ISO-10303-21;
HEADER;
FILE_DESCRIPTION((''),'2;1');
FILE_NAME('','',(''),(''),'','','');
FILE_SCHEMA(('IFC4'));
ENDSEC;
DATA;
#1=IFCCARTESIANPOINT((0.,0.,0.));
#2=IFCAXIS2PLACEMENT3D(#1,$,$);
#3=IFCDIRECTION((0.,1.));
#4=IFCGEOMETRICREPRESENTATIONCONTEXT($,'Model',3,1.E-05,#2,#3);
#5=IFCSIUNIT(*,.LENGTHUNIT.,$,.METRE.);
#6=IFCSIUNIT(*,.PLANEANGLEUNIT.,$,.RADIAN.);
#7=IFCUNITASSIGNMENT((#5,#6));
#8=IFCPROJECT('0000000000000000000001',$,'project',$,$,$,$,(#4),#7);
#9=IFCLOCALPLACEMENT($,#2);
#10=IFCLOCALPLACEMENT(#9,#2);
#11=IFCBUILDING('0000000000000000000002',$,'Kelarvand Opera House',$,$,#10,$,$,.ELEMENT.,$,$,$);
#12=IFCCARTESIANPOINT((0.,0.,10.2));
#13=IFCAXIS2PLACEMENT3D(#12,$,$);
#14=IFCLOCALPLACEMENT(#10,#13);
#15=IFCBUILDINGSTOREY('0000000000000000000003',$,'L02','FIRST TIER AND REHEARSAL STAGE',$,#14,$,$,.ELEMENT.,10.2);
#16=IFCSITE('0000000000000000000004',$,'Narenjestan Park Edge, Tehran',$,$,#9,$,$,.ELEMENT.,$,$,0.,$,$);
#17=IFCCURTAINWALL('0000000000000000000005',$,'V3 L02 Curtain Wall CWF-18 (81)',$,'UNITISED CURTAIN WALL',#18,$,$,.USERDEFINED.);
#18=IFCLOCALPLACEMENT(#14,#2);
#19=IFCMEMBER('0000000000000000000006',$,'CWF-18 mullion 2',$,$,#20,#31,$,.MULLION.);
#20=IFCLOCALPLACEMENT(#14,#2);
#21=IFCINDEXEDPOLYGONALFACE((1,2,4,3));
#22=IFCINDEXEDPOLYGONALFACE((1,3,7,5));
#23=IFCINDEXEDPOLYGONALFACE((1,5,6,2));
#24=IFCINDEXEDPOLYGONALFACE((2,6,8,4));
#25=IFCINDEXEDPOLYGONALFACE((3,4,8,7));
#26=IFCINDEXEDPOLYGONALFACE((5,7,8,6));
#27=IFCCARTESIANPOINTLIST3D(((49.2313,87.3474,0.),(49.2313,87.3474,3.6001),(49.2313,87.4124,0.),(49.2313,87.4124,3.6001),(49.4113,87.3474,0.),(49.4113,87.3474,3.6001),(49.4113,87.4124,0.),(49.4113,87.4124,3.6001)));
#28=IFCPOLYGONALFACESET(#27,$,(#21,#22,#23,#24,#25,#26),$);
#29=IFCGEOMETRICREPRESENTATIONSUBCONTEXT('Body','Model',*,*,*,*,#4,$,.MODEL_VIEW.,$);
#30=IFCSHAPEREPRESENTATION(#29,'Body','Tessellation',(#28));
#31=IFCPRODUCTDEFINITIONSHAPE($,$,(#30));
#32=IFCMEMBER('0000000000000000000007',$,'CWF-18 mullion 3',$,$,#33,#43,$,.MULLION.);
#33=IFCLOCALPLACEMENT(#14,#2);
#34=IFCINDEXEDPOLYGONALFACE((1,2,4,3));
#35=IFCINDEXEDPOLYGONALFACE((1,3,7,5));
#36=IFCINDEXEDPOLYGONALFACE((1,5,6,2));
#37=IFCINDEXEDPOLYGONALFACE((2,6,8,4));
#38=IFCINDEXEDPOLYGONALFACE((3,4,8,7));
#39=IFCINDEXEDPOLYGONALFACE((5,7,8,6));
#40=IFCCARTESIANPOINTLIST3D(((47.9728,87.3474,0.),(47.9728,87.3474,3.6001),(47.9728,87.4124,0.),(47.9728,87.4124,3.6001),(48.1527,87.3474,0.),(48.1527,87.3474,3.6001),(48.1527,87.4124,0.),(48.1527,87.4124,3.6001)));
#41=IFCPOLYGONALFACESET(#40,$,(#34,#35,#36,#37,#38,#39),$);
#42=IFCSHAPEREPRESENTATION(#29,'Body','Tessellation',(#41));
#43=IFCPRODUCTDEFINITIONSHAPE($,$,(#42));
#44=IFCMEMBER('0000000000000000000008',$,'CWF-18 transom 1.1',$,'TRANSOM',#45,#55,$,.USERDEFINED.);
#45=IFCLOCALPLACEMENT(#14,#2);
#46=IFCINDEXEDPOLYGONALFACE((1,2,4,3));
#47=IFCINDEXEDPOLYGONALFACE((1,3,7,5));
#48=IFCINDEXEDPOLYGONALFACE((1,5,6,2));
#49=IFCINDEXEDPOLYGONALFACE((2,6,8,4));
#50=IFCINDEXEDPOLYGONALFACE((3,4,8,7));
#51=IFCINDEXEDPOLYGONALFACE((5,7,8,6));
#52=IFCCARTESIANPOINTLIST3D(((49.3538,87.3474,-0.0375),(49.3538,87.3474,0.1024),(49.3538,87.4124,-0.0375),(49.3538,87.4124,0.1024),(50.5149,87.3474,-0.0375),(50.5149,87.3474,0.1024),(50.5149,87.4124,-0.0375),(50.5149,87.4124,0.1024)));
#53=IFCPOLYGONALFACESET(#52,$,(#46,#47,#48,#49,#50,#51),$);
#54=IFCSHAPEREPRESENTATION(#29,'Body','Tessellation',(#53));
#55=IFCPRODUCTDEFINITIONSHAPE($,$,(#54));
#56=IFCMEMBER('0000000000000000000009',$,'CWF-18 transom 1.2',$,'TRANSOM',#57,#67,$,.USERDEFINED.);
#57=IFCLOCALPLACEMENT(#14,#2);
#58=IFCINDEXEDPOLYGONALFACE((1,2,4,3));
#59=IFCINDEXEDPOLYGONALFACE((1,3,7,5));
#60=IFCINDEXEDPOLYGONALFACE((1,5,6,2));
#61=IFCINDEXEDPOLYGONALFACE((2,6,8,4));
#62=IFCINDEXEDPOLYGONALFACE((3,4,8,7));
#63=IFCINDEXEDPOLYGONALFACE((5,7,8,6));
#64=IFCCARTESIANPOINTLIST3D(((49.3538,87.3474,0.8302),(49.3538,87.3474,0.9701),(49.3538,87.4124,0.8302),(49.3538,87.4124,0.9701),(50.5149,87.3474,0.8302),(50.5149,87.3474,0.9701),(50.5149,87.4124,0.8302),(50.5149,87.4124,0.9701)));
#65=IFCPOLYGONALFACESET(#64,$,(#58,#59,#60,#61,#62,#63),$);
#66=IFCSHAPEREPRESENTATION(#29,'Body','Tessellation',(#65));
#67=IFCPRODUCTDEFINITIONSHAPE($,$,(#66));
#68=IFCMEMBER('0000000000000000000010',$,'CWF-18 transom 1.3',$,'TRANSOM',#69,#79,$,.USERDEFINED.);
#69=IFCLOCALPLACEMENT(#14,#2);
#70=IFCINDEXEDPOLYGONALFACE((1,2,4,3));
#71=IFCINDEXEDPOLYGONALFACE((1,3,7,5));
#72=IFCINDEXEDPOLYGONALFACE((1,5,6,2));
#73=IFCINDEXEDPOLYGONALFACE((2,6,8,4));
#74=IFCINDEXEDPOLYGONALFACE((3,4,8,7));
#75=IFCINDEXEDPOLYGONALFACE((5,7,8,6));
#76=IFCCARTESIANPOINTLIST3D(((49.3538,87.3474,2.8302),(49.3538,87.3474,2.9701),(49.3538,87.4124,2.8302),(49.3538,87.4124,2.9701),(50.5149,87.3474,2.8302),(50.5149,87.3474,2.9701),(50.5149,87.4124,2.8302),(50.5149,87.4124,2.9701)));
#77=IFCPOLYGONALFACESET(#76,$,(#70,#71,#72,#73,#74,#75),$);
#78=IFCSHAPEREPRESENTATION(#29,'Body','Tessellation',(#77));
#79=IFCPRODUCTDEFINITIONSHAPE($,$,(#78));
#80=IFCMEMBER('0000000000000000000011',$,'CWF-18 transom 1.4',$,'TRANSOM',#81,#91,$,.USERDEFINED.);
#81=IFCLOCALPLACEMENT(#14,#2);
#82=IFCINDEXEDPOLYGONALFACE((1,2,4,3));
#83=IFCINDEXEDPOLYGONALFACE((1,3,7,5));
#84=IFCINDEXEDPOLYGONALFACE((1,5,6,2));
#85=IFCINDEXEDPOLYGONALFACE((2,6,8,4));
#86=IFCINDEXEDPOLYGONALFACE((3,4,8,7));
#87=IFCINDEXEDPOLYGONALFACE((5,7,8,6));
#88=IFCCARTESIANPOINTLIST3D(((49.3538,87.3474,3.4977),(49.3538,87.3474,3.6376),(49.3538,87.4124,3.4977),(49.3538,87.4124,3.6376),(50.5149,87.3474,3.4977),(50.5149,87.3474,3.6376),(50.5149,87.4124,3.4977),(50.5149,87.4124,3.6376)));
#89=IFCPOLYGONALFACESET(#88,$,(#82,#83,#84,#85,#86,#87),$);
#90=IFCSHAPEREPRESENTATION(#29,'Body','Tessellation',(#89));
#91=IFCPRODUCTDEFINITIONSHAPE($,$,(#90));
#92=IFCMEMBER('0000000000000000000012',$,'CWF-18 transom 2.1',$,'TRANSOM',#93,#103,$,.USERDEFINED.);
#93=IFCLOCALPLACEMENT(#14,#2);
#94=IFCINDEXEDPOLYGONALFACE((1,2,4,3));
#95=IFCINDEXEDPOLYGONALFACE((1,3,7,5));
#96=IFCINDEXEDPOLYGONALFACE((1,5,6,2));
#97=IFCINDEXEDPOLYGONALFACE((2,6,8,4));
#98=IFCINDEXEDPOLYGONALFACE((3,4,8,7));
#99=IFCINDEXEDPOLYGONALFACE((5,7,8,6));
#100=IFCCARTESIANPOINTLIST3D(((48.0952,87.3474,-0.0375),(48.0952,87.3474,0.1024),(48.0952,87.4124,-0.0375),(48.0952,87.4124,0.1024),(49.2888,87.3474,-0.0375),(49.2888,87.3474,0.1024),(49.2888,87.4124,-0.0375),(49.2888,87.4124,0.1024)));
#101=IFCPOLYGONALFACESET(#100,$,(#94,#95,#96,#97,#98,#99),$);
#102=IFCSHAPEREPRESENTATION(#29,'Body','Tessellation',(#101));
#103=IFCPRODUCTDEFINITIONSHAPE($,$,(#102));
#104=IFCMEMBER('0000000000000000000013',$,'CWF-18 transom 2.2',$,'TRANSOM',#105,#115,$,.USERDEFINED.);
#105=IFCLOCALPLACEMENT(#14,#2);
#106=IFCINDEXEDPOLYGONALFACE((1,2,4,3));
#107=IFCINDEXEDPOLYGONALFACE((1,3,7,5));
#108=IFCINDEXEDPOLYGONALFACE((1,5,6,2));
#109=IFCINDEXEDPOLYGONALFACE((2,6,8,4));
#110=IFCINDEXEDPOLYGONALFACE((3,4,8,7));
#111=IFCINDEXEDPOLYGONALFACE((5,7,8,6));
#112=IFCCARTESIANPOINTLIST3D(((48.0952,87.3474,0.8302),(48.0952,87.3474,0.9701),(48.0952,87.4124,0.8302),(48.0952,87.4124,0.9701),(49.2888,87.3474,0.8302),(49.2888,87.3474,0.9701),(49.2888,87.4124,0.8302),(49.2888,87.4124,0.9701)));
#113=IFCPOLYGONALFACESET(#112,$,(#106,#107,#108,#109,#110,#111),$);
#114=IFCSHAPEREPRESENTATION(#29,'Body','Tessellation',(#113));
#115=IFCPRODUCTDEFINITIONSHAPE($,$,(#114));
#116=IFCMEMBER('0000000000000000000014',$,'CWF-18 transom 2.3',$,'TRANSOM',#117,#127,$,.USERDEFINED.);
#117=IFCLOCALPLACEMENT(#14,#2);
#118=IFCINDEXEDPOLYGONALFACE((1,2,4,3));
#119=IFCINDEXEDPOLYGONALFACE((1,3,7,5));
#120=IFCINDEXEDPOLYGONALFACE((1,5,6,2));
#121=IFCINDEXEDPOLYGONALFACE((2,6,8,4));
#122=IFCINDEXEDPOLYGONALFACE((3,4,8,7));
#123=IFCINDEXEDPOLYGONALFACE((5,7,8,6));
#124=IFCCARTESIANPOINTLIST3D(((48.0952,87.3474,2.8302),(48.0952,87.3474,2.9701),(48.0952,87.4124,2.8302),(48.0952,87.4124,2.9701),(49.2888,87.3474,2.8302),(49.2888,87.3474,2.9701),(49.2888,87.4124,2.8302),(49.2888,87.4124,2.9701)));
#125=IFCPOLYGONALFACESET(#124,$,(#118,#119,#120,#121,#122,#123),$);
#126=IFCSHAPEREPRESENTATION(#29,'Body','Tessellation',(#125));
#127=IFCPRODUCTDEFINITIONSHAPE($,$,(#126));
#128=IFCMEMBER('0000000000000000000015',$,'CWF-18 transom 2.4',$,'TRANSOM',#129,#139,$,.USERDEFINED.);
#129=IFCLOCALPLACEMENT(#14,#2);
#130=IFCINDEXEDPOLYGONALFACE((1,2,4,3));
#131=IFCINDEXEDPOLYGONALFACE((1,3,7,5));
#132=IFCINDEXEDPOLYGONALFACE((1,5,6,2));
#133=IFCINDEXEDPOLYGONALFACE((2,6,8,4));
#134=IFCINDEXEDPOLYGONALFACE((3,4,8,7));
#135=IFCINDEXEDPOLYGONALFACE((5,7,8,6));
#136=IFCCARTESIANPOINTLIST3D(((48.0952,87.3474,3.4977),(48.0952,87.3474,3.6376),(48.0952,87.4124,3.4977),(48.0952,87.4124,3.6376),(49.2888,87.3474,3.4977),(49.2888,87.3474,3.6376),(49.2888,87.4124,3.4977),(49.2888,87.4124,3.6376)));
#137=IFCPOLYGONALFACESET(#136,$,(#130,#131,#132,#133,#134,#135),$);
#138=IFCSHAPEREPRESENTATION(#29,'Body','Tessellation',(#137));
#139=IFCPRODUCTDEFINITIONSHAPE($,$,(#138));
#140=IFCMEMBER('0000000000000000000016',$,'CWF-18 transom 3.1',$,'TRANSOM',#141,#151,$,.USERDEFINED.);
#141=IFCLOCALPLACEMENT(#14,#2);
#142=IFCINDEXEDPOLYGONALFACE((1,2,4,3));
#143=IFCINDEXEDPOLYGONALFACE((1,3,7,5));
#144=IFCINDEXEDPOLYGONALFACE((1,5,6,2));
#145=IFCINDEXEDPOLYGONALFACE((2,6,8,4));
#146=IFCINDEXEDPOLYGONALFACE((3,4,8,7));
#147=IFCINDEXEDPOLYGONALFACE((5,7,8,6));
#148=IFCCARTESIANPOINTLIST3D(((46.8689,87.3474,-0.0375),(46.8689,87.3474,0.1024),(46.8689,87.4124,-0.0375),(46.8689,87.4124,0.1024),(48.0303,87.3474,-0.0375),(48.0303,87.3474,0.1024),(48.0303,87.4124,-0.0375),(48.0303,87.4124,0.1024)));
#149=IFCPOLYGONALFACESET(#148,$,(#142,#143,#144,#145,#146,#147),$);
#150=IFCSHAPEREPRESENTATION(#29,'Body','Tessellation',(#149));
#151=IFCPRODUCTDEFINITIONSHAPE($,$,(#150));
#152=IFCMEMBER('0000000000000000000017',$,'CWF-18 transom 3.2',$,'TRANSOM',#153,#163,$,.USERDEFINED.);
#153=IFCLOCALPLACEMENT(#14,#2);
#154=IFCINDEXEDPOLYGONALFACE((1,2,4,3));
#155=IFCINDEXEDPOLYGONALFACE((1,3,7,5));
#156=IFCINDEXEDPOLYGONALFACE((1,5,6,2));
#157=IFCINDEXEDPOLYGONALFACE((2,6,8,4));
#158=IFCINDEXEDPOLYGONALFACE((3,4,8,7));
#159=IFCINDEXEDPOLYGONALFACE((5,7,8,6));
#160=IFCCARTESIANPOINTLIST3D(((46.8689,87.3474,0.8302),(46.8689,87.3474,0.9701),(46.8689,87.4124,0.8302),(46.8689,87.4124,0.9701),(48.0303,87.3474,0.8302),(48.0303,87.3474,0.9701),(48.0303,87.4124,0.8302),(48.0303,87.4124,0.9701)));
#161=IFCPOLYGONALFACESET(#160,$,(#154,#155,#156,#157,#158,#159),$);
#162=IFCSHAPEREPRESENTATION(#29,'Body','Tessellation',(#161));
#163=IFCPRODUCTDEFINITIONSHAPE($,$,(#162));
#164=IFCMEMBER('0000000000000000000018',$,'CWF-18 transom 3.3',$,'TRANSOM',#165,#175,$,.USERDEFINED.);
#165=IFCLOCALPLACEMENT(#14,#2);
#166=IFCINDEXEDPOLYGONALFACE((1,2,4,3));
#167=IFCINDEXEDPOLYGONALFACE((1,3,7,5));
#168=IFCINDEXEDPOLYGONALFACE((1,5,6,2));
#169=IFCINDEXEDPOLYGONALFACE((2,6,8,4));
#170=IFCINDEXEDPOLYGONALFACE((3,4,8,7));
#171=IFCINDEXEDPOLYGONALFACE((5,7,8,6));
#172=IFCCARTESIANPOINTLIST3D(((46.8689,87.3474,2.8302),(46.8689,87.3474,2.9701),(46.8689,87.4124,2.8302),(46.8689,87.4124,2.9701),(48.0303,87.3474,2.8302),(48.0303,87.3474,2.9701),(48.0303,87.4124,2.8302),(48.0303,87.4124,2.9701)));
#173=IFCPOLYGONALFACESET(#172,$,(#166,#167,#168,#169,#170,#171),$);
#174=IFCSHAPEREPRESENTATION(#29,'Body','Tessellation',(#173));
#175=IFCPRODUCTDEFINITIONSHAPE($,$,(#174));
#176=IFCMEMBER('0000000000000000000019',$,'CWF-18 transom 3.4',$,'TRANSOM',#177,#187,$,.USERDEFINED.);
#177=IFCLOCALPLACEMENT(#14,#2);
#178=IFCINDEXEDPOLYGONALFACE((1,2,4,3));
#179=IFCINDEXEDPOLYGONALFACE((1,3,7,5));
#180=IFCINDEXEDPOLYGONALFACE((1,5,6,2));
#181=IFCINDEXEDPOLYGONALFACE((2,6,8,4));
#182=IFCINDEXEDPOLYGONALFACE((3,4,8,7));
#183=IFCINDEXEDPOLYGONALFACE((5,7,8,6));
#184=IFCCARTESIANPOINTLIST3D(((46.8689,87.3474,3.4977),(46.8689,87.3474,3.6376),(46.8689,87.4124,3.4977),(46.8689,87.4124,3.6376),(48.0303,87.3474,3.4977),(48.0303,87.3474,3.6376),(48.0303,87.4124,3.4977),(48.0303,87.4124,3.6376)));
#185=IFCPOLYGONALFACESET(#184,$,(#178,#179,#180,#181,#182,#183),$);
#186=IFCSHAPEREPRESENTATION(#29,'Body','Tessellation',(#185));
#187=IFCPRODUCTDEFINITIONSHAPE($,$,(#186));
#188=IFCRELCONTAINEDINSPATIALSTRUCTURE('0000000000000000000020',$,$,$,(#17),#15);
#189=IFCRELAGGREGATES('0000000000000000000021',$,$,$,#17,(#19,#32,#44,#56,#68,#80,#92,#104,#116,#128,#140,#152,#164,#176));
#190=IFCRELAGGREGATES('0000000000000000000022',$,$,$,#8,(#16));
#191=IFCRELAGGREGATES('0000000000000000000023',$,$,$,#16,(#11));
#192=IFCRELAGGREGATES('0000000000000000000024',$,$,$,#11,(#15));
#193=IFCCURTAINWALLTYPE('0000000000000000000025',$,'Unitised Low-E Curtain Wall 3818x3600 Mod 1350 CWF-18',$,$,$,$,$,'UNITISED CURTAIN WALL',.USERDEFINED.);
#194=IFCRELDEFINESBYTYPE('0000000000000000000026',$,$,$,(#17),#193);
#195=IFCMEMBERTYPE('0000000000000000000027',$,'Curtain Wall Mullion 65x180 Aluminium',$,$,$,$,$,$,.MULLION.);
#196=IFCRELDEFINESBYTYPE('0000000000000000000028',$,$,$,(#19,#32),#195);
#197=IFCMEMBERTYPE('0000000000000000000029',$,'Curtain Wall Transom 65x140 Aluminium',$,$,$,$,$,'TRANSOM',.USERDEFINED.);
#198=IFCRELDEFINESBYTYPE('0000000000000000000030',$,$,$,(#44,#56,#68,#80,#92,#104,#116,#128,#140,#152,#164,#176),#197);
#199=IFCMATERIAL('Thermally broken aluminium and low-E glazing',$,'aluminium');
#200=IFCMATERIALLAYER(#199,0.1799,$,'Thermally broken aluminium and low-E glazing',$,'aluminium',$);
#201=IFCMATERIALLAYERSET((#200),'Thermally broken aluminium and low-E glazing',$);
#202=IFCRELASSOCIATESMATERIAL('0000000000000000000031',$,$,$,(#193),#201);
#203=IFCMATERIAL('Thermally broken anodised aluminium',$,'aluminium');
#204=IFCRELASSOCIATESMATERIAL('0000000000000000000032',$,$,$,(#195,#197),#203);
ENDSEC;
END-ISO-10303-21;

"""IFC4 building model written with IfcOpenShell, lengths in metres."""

from ifc_helpers import new_model, si_unit, direction, frame, origin, origin_2d, place, context, subcontext, project, spatial, rectangle, extrude, material, layer, layer_set, material_profile, profile_set, type_object, element, aggregate, save


model = new_model("IFC4")

# Units and contexts
model_context = context("Model", 3, precision=1e-05, world=origin(), true_north=direction((0.0, 1.0)))
body_context = subcontext(model_context, "Body", "Model", "MODEL_VIEW")
ifc_project = project(units=[si_unit("LENGTHUNIT", "METRE"), si_unit("PLANEANGLEUNIT", "RADIAN")], contexts=[model_context])

# Site, building, storey
site_placement = place(None, origin())
site = spatial("IfcSite", under=ifc_project, at=site_placement, Name="Narenjestan Park Edge, Tehran", CompositionType="ELEMENT", RefElevation=0.0)
building_placement = place(site_placement, origin())
building = spatial("IfcBuilding", under=site, at=building_placement, Name="Kelarvand Opera House", CompositionType="ELEMENT")
storey_placement = place(building_placement, frame((0.0, 0.0, 10.2)))
storey = spatial("IfcBuildingStorey", under=building, at=storey_placement, Name="L02", Description="FIRST TIER AND REHEARSAL STAGE", CompositionType="ELEMENT", Elevation=10.2)

# Curtain wall, members
ifc_material_1 = material(Name="Thermally broken aluminium and low-E glazing", Category="aluminium")
ifc_layer_1 = layer(ifc_material_1, 0.1799, Name="Thermally broken aluminium and low-E glazing", Category="aluminium")
ifc_layer_set_1 = layer_set([ifc_layer_1], Name="Thermally broken aluminium and low-E glazing")
curtain_wall_type = type_object("IfcCurtainWallType", Name="Unitised Low-E Curtain Wall 3818x3600 Mod 1350 CWF-18", ElementType="UNITISED CURTAIN WALL", PredefinedType="USERDEFINED", material=ifc_layer_set_1)
curtain_wall_placement = place(storey_placement, origin())
curtain_wall = element("IfcCurtainWall", 1, at=curtain_wall_placement, inside=storey, type_object=curtain_wall_type, Name="V3 L02 Curtain Wall CWF-18 (81)", ObjectType="UNITISED CURTAIN WALL", PredefinedType="USERDEFINED")
ifc_material_2 = material(Name="Thermally broken anodised aluminium", Category="aluminium")
ifc_material_profile_1 = material_profile(ifc_material_2, rectangle(XDim=0.0649, YDim=0.1799, at=origin_2d()), Name="ALU MULLION 65x180", Category="aluminium")
ifc_profile_set_1 = profile_set([ifc_material_profile_1], Name="Thermally broken anodised aluminium")
member_type_1 = type_object("IfcMemberType", Name="Curtain Wall Mullion 65x180 Aluminium", PredefinedType="MULLION", material=ifc_profile_set_1)
member_1_placement = place(storey_placement, frame((49.3213, 87.3799, 0.0), z_axis=(0.0, 0.0, 1.0), x_axis=(0.0, -1.0, 0.0)))
member_1 = element("IfcMember", 2, at=member_1_placement, type_object=member_type_1, Name="CWF-18 mullion 2", PredefinedType="MULLION", context=body_context, shape_type="SweptSolid", body=[
    extrude(rectangle(XDim=0.0649, YDim=0.1799, at=origin_2d()), origin(), (0.0, 0.0, 1.0), 3.6001),
])
member_2_placement = place(storey_placement, frame((48.0627, 87.3799, 0.0), z_axis=(0.0, 0.0, 1.0), x_axis=(0.0, -1.0, 0.0)))
member_2 = element("IfcMember", 3, at=member_2_placement, type_object=member_type_1, Name="CWF-18 mullion 3", PredefinedType="MULLION", context=body_context, shape_type="SweptSolid", body=[
    extrude(rectangle(XDim=0.0649, YDim=0.1799, at=origin_2d()), origin(), (0.0, 0.0, 1.0), 3.6001),
])
ifc_material_profile_2 = material_profile(ifc_material_2, rectangle(XDim=0.0649, YDim=0.1399, at=origin_2d()), Name="ALU TRANSOM 65x140", Category="aluminium")
ifc_profile_set_2 = profile_set([ifc_material_profile_2], Name="Thermally broken anodised aluminium")
member_type_2 = type_object("IfcMemberType", Name="Curtain Wall Transom 65x140 Aluminium", ElementType="TRANSOM", PredefinedType="USERDEFINED", material=ifc_profile_set_2)
member_3_placement = place(storey_placement, frame((50.5149, 87.3799, 0.0325), z_axis=(-1.0, 0.0, 0.0), x_axis=(0.0, -1.0, 0.0)))
member_3 = element("IfcMember", 4, at=member_3_placement, type_object=member_type_2, Name="CWF-18 transom 1.1", ObjectType="TRANSOM", PredefinedType="USERDEFINED", context=body_context, shape_type="SweptSolid", body=[
    extrude(rectangle(XDim=0.0649, YDim=0.1399, at=origin_2d()), origin(), (0.0, 0.0, 1.0), 1.1611),
])
member_4_placement = place(storey_placement, frame((50.5149, 87.3799, 0.9001), z_axis=(-1.0, 0.0, 0.0), x_axis=(0.0, -1.0, 0.0)))
member_4 = element("IfcMember", 5, at=member_4_placement, type_object=member_type_2, Name="CWF-18 transom 1.2", ObjectType="TRANSOM", PredefinedType="USERDEFINED", context=body_context, shape_type="SweptSolid", body=[
    extrude(rectangle(XDim=0.0649, YDim=0.1399, at=origin_2d()), origin(), (0.0, 0.0, 1.0), 1.1611),
])
member_5_placement = place(storey_placement, frame((50.5149, 87.3799, 2.9001), z_axis=(-1.0, 0.0, 0.0), x_axis=(0.0, -1.0, 0.0)))
member_5 = element("IfcMember", 6, at=member_5_placement, type_object=member_type_2, Name="CWF-18 transom 1.3", ObjectType="TRANSOM", PredefinedType="USERDEFINED", context=body_context, shape_type="SweptSolid", body=[
    extrude(rectangle(XDim=0.0649, YDim=0.1399, at=origin_2d()), origin(), (0.0, 0.0, 1.0), 1.1611),
])
member_6_placement = place(storey_placement, frame((50.5149, 87.3799, 3.5676), z_axis=(-1.0, 0.0, 0.0), x_axis=(0.0, -1.0, 0.0)))
member_6 = element("IfcMember", 7, at=member_6_placement, type_object=member_type_2, Name="CWF-18 transom 1.4", ObjectType="TRANSOM", PredefinedType="USERDEFINED", context=body_context, shape_type="SweptSolid", body=[
    extrude(rectangle(XDim=0.0649, YDim=0.1399, at=origin_2d()), origin(), (0.0, 0.0, 1.0), 1.1611),
])
member_7_placement = place(storey_placement, frame((49.2888, 87.3799, 0.0325), z_axis=(-1.0, 0.0, 0.0), x_axis=(0.0, -1.0, 0.0)))
member_7 = element("IfcMember", 8, at=member_7_placement, type_object=member_type_2, Name="CWF-18 transom 2.1", ObjectType="TRANSOM", PredefinedType="USERDEFINED", context=body_context, shape_type="SweptSolid", body=[
    extrude(rectangle(XDim=0.0649, YDim=0.1399, at=origin_2d()), origin(), (0.0, 0.0, 1.0), 1.1936),
])
member_8_placement = place(storey_placement, frame((49.2888, 87.3799, 0.9001), z_axis=(-1.0, 0.0, 0.0), x_axis=(0.0, -1.0, 0.0)))
member_8 = element("IfcMember", 9, at=member_8_placement, type_object=member_type_2, Name="CWF-18 transom 2.2", ObjectType="TRANSOM", PredefinedType="USERDEFINED", context=body_context, shape_type="SweptSolid", body=[
    extrude(rectangle(XDim=0.0649, YDim=0.1399, at=origin_2d()), origin(), (0.0, 0.0, 1.0), 1.1936),
])
member_9_placement = place(storey_placement, frame((49.2888, 87.3799, 2.9001), z_axis=(-1.0, 0.0, 0.0), x_axis=(0.0, -1.0, 0.0)))
member_9 = element("IfcMember", 10, at=member_9_placement, type_object=member_type_2, Name="CWF-18 transom 2.3", ObjectType="TRANSOM", PredefinedType="USERDEFINED", context=body_context, shape_type="SweptSolid", body=[
    extrude(rectangle(XDim=0.0649, YDim=0.1399, at=origin_2d()), origin(), (0.0, 0.0, 1.0), 1.1936),
])
member_10_placement = place(storey_placement, frame((49.2888, 87.3799, 3.5676), z_axis=(-1.0, 0.0, 0.0), x_axis=(0.0, -1.0, 0.0)))
member_10 = element("IfcMember", 11, at=member_10_placement, type_object=member_type_2, Name="CWF-18 transom 2.4", ObjectType="TRANSOM", PredefinedType="USERDEFINED", context=body_context, shape_type="SweptSolid", body=[
    extrude(rectangle(XDim=0.0649, YDim=0.1399, at=origin_2d()), origin(), (0.0, 0.0, 1.0), 1.1936),
])
member_11_placement = place(storey_placement, frame((48.0303, 87.3799, 0.0325), z_axis=(-1.0, 0.0, 0.0), x_axis=(0.0, -1.0, 0.0)))
member_11 = element("IfcMember", 12, at=member_11_placement, type_object=member_type_2, Name="CWF-18 transom 3.1", ObjectType="TRANSOM", PredefinedType="USERDEFINED", context=body_context, shape_type="SweptSolid", body=[
    extrude(rectangle(XDim=0.0649, YDim=0.1399, at=origin_2d()), origin(), (0.0, 0.0, 1.0), 1.1614),
])
member_12_placement = place(storey_placement, frame((48.0303, 87.3799, 0.9001), z_axis=(-1.0, 0.0, 0.0), x_axis=(0.0, -1.0, 0.0)))
member_12 = element("IfcMember", 13, at=member_12_placement, type_object=member_type_2, Name="CWF-18 transom 3.2", ObjectType="TRANSOM", PredefinedType="USERDEFINED", context=body_context, shape_type="SweptSolid", body=[
    extrude(rectangle(XDim=0.0649, YDim=0.1399, at=origin_2d()), origin(), (0.0, 0.0, 1.0), 1.1614),
])
member_13_placement = place(storey_placement, frame((48.0303, 87.3799, 2.9001), z_axis=(-1.0, 0.0, 0.0), x_axis=(0.0, -1.0, 0.0)))
member_13 = element("IfcMember", 14, at=member_13_placement, type_object=member_type_2, Name="CWF-18 transom 3.3", ObjectType="TRANSOM", PredefinedType="USERDEFINED", context=body_context, shape_type="SweptSolid", body=[
    extrude(rectangle(XDim=0.0649, YDim=0.1399, at=origin_2d()), origin(), (0.0, 0.0, 1.0), 1.1614),
])
member_14_placement = place(storey_placement, frame((48.0303, 87.3799, 3.5676), z_axis=(-1.0, 0.0, 0.0), x_axis=(0.0, -1.0, 0.0)))
member_14 = element("IfcMember", 15, at=member_14_placement, type_object=member_type_2, Name="CWF-18 transom 3.4", ObjectType="TRANSOM", PredefinedType="USERDEFINED", context=body_context, shape_type="SweptSolid", body=[
    extrude(rectangle(XDim=0.0649, YDim=0.1399, at=origin_2d()), origin(), (0.0, 0.0, 1.0), 1.1614),
])
aggregate(curtain_wall, [member_1, member_2, member_3, member_4, member_5, member_6, member_7, member_8, member_9, member_10, member_11, member_12, member_13, member_14])

save(model, "model.ifc")
